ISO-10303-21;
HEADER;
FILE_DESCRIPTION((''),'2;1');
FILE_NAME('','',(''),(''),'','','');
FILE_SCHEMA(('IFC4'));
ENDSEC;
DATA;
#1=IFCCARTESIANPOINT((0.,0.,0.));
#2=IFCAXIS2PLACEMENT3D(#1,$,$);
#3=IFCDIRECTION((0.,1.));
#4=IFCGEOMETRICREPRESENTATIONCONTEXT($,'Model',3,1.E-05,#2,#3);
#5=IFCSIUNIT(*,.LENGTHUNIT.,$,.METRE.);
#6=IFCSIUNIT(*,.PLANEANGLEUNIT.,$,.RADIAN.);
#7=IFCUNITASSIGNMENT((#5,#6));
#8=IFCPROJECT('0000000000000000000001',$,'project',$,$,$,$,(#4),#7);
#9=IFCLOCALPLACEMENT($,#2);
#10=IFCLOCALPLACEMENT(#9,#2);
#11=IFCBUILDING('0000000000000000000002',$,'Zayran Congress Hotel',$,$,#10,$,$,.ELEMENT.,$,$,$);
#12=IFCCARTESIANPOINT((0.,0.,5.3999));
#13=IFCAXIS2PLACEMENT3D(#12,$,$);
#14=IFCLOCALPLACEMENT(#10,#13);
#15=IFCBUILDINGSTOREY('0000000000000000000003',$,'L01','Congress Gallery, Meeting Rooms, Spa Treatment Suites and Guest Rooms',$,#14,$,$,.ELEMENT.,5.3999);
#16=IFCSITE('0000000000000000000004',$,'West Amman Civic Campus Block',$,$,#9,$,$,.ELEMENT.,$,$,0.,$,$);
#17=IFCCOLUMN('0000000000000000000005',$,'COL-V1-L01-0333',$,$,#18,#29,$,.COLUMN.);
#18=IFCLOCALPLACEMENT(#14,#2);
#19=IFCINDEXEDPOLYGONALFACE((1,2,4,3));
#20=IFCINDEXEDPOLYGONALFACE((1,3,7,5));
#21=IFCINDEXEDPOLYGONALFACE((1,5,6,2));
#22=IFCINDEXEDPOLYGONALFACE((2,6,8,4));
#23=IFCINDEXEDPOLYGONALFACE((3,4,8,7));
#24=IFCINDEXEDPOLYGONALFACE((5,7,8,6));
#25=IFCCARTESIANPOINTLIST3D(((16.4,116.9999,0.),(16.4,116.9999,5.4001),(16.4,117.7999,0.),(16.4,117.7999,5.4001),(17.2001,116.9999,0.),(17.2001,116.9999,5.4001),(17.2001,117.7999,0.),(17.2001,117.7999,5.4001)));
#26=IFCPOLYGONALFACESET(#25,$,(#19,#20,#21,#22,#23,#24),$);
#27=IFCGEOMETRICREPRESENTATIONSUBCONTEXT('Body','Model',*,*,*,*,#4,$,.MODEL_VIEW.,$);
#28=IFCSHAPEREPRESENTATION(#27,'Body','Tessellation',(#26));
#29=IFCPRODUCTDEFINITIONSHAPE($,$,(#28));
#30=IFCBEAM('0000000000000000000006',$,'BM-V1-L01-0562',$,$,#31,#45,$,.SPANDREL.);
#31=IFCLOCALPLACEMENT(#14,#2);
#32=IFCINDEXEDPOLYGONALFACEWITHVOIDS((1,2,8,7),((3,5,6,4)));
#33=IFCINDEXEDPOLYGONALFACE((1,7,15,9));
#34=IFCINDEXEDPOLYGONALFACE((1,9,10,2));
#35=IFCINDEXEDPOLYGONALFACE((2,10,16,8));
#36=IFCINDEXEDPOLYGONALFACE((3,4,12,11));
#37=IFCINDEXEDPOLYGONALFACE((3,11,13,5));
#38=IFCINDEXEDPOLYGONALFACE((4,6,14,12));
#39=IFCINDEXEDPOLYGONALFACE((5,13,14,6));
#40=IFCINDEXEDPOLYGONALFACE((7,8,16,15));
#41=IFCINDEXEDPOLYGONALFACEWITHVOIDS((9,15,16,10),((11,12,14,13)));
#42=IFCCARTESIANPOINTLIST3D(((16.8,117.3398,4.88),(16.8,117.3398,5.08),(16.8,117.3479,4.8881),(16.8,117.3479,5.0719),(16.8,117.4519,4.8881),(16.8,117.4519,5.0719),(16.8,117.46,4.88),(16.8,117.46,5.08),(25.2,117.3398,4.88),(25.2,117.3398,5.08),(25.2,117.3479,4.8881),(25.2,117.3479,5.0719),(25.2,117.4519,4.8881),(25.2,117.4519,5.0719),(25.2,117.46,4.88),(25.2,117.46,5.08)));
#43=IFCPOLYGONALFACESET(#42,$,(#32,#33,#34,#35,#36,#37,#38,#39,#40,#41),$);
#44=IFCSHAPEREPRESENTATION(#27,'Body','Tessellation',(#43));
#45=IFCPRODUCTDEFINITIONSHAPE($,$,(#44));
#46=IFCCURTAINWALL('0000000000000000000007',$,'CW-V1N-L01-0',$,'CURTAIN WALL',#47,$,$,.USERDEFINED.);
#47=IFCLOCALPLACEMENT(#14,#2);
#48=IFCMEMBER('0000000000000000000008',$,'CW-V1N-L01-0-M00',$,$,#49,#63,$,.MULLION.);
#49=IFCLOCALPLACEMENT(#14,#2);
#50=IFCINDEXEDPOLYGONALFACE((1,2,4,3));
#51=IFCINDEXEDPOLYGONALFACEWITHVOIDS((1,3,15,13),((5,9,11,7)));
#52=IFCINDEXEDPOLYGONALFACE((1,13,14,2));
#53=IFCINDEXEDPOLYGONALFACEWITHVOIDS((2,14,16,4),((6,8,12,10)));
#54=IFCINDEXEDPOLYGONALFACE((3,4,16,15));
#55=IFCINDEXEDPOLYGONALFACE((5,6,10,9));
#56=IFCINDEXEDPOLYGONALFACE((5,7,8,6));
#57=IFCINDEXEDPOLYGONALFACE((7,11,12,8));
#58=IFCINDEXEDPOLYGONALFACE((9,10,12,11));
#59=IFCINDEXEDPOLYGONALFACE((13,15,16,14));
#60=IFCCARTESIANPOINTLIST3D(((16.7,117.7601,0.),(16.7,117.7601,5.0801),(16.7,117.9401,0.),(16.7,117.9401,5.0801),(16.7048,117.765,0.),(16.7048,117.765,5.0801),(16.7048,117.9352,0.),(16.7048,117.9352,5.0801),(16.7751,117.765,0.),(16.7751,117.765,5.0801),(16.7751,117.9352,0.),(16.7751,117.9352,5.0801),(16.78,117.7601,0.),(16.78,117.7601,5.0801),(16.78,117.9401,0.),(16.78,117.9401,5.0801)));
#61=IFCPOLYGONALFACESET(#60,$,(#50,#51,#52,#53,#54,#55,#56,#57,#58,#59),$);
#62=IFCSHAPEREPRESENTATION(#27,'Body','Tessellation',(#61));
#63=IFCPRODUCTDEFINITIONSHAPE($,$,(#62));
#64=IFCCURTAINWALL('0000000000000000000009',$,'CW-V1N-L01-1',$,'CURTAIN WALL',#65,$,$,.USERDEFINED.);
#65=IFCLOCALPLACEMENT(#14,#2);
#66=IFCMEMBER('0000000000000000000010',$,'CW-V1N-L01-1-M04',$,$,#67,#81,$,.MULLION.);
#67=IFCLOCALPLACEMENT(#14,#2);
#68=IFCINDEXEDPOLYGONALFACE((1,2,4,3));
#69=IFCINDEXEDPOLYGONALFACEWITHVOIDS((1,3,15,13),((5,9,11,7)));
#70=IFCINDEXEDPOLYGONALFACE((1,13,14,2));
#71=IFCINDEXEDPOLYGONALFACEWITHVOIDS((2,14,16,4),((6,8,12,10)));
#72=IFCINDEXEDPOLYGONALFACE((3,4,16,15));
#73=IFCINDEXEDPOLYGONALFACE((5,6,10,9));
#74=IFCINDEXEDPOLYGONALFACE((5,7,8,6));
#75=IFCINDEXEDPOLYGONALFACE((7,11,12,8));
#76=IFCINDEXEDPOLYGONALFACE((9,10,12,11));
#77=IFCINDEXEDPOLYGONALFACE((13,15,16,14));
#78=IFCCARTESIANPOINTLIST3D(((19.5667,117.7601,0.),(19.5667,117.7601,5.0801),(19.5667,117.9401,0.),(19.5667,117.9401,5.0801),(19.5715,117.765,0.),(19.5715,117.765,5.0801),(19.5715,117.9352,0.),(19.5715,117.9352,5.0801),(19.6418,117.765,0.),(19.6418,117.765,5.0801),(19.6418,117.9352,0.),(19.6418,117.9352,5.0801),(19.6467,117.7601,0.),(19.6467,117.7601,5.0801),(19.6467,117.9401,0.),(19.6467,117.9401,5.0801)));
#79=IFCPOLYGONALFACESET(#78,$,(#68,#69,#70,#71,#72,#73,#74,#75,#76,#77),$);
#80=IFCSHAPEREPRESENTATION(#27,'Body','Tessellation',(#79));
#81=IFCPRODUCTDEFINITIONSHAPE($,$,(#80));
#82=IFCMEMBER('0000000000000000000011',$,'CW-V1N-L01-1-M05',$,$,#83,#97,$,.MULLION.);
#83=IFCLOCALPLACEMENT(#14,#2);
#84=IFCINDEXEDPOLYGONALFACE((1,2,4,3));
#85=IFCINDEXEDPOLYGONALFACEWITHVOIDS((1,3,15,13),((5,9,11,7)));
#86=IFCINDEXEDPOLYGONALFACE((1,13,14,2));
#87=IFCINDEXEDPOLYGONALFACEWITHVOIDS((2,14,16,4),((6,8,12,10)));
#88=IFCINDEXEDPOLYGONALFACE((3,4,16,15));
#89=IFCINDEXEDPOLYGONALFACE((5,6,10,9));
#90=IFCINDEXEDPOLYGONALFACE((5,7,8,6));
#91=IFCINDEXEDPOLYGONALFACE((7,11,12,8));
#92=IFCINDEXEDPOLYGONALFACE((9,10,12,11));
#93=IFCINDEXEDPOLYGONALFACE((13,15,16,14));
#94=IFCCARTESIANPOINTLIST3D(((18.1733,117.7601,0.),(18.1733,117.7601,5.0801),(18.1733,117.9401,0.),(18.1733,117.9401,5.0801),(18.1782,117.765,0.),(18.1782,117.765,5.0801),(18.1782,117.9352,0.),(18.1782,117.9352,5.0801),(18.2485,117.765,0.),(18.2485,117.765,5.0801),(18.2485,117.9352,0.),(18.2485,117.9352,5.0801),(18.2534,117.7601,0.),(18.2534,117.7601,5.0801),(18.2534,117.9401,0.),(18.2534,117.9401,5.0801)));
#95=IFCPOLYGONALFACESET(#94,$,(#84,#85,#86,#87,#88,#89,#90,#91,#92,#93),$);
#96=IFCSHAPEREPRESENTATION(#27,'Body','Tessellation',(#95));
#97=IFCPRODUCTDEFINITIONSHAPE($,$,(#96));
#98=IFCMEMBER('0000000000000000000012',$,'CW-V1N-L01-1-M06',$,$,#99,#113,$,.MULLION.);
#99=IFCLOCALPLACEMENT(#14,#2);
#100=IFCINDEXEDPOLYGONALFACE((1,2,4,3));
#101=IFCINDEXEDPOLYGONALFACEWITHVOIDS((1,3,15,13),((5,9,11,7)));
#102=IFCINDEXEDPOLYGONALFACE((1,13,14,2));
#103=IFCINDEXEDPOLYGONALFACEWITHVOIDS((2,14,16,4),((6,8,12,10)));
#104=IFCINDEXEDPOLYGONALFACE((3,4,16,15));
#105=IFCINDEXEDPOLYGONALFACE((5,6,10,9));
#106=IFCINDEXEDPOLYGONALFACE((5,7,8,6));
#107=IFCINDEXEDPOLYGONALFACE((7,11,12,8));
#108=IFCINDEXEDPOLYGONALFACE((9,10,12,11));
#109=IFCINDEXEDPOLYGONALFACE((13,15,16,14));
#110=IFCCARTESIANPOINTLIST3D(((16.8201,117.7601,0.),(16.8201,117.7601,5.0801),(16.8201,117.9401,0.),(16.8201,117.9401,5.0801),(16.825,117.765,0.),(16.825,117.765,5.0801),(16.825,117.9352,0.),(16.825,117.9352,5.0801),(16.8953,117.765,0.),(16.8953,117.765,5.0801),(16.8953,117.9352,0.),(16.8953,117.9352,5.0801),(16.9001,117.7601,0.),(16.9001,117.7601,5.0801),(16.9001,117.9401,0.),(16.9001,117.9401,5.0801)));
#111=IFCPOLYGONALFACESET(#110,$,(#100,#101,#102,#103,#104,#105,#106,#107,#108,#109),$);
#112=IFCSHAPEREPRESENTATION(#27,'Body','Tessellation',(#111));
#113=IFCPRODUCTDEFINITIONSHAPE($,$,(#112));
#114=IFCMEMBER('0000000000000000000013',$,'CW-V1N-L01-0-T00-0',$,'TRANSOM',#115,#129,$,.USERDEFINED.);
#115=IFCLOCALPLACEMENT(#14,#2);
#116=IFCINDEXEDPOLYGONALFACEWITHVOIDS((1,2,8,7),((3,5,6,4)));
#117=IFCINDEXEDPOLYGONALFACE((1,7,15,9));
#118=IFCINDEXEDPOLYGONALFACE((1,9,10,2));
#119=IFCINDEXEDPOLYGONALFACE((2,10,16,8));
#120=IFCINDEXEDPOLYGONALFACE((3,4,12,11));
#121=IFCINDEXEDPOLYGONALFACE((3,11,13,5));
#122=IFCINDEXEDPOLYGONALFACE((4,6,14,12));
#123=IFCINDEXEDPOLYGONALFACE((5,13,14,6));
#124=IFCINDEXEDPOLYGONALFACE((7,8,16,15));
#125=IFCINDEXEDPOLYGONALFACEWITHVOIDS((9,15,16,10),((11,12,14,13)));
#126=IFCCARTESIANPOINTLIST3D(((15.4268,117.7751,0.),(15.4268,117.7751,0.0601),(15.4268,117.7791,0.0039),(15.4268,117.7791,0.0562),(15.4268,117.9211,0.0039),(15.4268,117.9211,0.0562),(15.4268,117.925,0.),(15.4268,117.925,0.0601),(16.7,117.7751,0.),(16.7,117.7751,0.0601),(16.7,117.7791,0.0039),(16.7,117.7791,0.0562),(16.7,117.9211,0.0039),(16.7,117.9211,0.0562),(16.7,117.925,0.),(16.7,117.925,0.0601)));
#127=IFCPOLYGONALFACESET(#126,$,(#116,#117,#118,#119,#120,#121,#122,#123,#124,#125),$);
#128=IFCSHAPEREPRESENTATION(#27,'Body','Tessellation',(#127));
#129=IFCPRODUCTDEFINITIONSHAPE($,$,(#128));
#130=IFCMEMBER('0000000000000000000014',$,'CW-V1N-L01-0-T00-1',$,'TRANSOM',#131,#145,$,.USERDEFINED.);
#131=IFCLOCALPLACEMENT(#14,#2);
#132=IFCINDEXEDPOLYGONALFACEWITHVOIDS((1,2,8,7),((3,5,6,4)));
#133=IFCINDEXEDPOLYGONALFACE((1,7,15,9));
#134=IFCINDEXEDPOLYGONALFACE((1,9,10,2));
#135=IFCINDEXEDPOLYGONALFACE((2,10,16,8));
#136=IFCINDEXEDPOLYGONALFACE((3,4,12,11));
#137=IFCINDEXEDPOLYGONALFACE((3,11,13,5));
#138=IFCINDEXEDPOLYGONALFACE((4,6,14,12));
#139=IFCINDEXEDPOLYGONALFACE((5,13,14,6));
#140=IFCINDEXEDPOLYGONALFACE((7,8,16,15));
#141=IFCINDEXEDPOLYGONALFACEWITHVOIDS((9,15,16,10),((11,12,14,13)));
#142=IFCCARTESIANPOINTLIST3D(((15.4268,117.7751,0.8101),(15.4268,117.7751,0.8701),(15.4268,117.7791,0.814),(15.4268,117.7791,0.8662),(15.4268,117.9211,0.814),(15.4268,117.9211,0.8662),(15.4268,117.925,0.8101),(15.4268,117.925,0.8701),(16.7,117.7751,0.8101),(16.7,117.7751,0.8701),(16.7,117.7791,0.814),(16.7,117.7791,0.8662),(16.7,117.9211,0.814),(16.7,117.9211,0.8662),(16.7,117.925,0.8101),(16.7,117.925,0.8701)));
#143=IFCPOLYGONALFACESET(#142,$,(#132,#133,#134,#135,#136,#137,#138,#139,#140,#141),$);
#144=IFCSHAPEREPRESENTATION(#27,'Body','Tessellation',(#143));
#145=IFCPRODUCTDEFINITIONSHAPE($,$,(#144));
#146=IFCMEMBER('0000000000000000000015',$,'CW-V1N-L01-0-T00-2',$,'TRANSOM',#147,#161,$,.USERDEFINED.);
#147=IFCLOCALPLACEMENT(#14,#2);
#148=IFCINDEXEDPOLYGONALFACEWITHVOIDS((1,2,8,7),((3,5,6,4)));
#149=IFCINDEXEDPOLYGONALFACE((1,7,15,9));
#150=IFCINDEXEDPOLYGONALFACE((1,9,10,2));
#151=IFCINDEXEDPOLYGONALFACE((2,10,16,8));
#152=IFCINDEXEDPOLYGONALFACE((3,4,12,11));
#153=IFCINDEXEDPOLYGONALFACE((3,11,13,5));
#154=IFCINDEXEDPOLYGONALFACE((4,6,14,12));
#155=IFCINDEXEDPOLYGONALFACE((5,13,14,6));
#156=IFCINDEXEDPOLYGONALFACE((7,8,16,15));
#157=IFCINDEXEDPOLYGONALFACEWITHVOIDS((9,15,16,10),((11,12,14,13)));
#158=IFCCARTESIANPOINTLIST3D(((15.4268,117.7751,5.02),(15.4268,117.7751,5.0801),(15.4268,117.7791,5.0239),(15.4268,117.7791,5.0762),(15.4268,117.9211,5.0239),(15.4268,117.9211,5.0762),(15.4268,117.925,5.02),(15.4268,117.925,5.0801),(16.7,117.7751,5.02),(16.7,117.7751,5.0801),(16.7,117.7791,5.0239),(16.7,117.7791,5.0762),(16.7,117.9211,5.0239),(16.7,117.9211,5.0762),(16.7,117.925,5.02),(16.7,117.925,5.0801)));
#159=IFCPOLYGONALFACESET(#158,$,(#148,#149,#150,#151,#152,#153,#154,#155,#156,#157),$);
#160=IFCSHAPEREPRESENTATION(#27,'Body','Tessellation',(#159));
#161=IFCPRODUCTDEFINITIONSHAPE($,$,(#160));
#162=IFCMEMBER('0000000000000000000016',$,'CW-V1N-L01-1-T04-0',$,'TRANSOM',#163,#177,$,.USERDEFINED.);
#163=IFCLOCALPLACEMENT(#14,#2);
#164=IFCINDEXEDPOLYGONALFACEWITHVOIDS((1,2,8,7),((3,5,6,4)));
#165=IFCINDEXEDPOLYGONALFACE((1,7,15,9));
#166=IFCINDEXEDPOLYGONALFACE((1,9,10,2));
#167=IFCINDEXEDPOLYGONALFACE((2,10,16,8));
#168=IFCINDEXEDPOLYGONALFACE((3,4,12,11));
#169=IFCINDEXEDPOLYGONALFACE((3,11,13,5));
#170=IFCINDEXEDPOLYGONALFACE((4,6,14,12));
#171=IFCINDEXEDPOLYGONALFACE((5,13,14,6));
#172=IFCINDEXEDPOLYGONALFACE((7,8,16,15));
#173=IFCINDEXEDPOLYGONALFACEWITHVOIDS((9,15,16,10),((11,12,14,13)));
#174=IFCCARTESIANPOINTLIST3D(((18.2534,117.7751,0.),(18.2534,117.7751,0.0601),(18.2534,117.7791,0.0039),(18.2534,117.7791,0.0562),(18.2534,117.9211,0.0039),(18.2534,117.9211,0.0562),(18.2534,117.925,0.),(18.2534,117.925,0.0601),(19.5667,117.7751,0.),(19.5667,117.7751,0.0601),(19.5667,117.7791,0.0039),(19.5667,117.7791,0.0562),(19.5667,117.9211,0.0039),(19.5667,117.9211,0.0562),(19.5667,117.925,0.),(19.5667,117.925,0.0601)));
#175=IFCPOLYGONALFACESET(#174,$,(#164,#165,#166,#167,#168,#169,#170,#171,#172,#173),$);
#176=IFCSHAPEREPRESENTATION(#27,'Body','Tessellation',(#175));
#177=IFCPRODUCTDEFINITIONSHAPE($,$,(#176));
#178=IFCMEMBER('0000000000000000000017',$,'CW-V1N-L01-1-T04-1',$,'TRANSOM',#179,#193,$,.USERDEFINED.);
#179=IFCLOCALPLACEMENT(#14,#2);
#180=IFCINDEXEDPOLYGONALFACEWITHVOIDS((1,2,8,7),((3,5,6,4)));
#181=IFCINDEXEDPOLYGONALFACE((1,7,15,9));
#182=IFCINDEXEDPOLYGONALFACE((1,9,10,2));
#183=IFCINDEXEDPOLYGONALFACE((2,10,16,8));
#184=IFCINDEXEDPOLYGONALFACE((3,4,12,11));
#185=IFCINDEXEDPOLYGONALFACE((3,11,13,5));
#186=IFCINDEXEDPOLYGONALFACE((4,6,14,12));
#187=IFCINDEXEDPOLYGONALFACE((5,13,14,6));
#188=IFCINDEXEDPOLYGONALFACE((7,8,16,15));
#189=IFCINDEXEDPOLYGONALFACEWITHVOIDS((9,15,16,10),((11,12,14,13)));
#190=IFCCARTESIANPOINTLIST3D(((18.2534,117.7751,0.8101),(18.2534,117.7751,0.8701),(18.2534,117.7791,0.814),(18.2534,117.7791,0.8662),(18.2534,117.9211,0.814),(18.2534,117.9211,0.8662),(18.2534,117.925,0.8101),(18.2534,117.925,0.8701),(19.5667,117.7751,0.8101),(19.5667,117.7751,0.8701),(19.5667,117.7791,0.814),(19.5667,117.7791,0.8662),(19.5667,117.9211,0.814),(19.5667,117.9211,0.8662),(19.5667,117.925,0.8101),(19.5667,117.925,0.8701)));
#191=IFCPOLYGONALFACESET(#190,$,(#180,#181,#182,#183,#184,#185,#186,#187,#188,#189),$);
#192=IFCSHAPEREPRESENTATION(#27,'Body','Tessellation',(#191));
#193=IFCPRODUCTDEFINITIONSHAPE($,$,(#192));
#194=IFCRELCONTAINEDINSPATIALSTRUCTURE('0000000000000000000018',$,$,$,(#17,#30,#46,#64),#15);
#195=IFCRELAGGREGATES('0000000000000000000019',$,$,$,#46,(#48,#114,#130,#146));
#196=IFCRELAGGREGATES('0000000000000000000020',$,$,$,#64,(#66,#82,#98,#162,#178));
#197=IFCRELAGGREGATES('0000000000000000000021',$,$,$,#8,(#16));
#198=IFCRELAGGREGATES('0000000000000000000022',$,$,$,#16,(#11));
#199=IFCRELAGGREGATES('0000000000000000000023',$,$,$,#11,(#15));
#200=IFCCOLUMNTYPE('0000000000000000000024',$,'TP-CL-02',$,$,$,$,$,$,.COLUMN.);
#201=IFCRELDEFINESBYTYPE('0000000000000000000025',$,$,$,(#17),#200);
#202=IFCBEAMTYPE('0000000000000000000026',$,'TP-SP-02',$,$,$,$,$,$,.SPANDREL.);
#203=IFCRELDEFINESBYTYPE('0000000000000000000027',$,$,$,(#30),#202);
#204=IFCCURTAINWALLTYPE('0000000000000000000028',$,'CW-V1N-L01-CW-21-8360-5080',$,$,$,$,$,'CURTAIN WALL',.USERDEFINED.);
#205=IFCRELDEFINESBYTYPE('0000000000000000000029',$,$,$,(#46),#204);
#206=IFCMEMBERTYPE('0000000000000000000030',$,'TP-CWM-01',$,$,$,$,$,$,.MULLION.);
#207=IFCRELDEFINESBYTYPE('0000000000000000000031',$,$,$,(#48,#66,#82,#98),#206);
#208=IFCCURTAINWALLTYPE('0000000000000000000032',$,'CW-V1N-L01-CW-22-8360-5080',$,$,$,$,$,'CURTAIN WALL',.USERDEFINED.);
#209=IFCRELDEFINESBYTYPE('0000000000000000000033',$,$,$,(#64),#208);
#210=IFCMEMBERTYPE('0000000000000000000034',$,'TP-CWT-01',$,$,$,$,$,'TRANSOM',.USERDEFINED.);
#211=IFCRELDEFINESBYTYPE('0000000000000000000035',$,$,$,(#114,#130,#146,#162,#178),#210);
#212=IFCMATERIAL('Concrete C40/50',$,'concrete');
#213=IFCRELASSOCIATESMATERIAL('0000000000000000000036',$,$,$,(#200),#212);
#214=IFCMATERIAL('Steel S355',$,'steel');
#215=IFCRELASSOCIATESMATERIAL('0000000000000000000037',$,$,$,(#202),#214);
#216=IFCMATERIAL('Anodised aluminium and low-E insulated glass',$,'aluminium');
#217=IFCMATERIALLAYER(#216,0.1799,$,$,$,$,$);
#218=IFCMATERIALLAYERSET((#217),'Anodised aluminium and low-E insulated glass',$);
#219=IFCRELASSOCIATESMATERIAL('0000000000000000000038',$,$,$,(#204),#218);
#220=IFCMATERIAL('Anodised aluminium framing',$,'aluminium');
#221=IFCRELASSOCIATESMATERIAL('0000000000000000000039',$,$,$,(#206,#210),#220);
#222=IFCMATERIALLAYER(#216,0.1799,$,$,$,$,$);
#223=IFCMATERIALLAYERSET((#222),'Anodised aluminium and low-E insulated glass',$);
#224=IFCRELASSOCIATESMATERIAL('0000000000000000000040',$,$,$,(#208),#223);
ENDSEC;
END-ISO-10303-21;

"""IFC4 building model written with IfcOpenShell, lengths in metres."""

from ifc_helpers import new_model, si_unit, direction, frame, origin, origin_2d, place, context, subcontext, project, spatial, rectangle, hollow_rectangle, extrude, material, layer, layer_set, material_profile, profile_set, type_object, element, aggregate, save


model = new_model("IFC4")

# Units and contexts
model_context = context("Model", 3, precision=1e-05, world=origin(), true_north=direction((0.0, 1.0)))
body_context = subcontext(model_context, "Body", "Model", "MODEL_VIEW")
ifc_project = project(units=[si_unit("LENGTHUNIT", "METRE"), si_unit("PLANEANGLEUNIT", "RADIAN")], contexts=[model_context])

# Site, building, storey
site_placement = place(None, origin())
site = spatial("IfcSite", under=ifc_project, at=site_placement, Name="West Amman Civic Campus Block", CompositionType="ELEMENT", RefElevation=0.0)
building_placement = place(site_placement, origin())
building = spatial("IfcBuilding", under=site, at=building_placement, Name="Zayran Congress Hotel", CompositionType="ELEMENT")
storey_placement = place(building_placement, frame((0.0, 0.0, 5.3999)))
storey = spatial("IfcBuildingStorey", under=building, at=storey_placement, Name="L01", Description="Congress Gallery, Meeting Rooms, Spa Treatment Suites and Guest Rooms", CompositionType="ELEMENT", Elevation=5.3999)

# Column
ifc_material_1 = material(Name="Concrete C40/50", Category="concrete")
ifc_material_profile_1 = material_profile(ifc_material_1, rectangle(XDim=0.8, YDim=0.8, at=origin_2d()), Name="RC 800x800")
ifc_profile_set_1 = profile_set([ifc_material_profile_1], Name="Concrete C40/50")
column_type = type_object("IfcColumnType", Name="TP-CL-02", PredefinedType="COLUMN", material=ifc_profile_set_1)
column_placement = place(storey_placement, frame((16.8, 117.3999, 0.0), z_axis=(0.0, 0.0, 1.0), x_axis=(1.0, 0.0, 0.0)))
element("IfcColumn", 1, at=column_placement, inside=storey, type_object=column_type, Name="COL-V1-L01-0333", PredefinedType="COLUMN", context=body_context, shape_type="SweptSolid", body=[
    extrude(rectangle(XDim=0.8, YDim=0.8, at=origin_2d()), origin(), (0.0, 0.0, 1.0), 5.4001),
])

# Beam
ifc_material_2 = material(Name="Steel S355", Category="steel")
ifc_material_profile_2 = material_profile(ifc_material_2, hollow_rectangle(XDim=0.1201, YDim=0.2, WallThickness=0.0081, at=origin_2d()), Name="RHS 200x120x8")
ifc_profile_set_2 = profile_set([ifc_material_profile_2], Name="Steel S355")
beam_type = type_object("IfcBeamType", Name="TP-SP-02", PredefinedType="SPANDREL", material=ifc_profile_set_2)
beam_placement = place(storey_placement, frame((16.8, 117.3999, 4.98), z_axis=(1.0, 0.0, 0.0), x_axis=(0.0, 1.0, 0.0)))
element("IfcBeam", 2, at=beam_placement, inside=storey, type_object=beam_type, Name="BM-V1-L01-0562", PredefinedType="SPANDREL", context=body_context, shape_type="SweptSolid", body=[
    extrude(hollow_rectangle(XDim=0.1201, YDim=0.2, WallThickness=0.0081, at=origin_2d()), origin(), (0.0, 0.0, 1.0), 8.3999),
])

# Curtain wall, member
ifc_material_3 = material(Name="Anodised aluminium and low-E insulated glass", Category="aluminium")
ifc_layer_1 = layer(ifc_material_3, 0.1799)
ifc_layer_set_1 = layer_set([ifc_layer_1], Name="Anodised aluminium and low-E insulated glass")
curtain_wall_type_1 = type_object("IfcCurtainWallType", Name="CW-V1N-L01-CW-21-8360-5080", ElementType="CURTAIN WALL", PredefinedType="USERDEFINED", material=ifc_layer_set_1)
curtain_wall_1_placement = place(storey_placement, origin())
curtain_wall_1 = element("IfcCurtainWall", 3, at=curtain_wall_1_placement, inside=storey, type_object=curtain_wall_type_1, Name="CW-V1N-L01-0", ObjectType="CURTAIN WALL", PredefinedType="USERDEFINED")
ifc_material_4 = material(Name="Anodised aluminium framing", Category="aluminium")
ifc_material_profile_3 = material_profile(ifc_material_4, hollow_rectangle(XDim=0.0801, YDim=0.1799, WallThickness=0.0049, at=origin_2d()), Name="RHS 180x80x5")
ifc_profile_set_3 = profile_set([ifc_material_profile_3], Name="Anodised aluminium framing")
member_type_1 = type_object("IfcMemberType", Name="TP-CWM-01", PredefinedType="MULLION", material=ifc_profile_set_3)
member_1_placement = place(storey_placement, frame((16.74, 117.8501, 0.0), z_axis=(0.0, 0.0, 1.0), x_axis=(1.0, 0.0, 0.0)))
member_1 = element("IfcMember", 4, at=member_1_placement, type_object=member_type_1, Name="CW-V1N-L01-0-M00", PredefinedType="MULLION", context=body_context, shape_type="SweptSolid", body=[
    extrude(hollow_rectangle(XDim=0.0801, YDim=0.1799, WallThickness=0.0049, at=origin_2d()), origin(), (0.0, 0.0, 1.0), 5.0801),
])

# Curtain wall, members
ifc_layer_2 = layer(ifc_material_3, 0.1799)
ifc_layer_set_2 = layer_set([ifc_layer_2], Name="Anodised aluminium and low-E insulated glass")
curtain_wall_type_2 = type_object("IfcCurtainWallType", Name="CW-V1N-L01-CW-22-8360-5080", ElementType="CURTAIN WALL", PredefinedType="USERDEFINED", material=ifc_layer_set_2)
curtain_wall_2_placement = place(storey_placement, origin())
curtain_wall_2 = element("IfcCurtainWall", 5, at=curtain_wall_2_placement, inside=storey, type_object=curtain_wall_type_2, Name="CW-V1N-L01-1", ObjectType="CURTAIN WALL", PredefinedType="USERDEFINED")
member_2_placement = place(storey_placement, frame((19.6067, 117.8501, 0.0), z_axis=(0.0, 0.0, 1.0), x_axis=(1.0, 0.0, 0.0)))
member_2 = element("IfcMember", 6, at=member_2_placement, type_object=member_type_1, Name="CW-V1N-L01-1-M04", PredefinedType="MULLION", context=body_context, shape_type="SweptSolid", body=[
    extrude(hollow_rectangle(XDim=0.0801, YDim=0.1799, WallThickness=0.0049, at=origin_2d()), origin(), (0.0, 0.0, 1.0), 5.0801),
])
member_3_placement = place(storey_placement, frame((18.2134, 117.8501, 0.0), z_axis=(0.0, 0.0, 1.0), x_axis=(1.0, 0.0, 0.0)))
member_3 = element("IfcMember", 7, at=member_3_placement, type_object=member_type_1, Name="CW-V1N-L01-1-M05", PredefinedType="MULLION", context=body_context, shape_type="SweptSolid", body=[
    extrude(hollow_rectangle(XDim=0.0801, YDim=0.1799, WallThickness=0.0049, at=origin_2d()), origin(), (0.0, 0.0, 1.0), 5.0801),
])
member_4_placement = place(storey_placement, frame((16.8601, 117.8501, 0.0), z_axis=(0.0, 0.0, 1.0), x_axis=(1.0, 0.0, 0.0)))
member_4 = element("IfcMember", 8, at=member_4_placement, type_object=member_type_1, Name="CW-V1N-L01-1-M06", PredefinedType="MULLION", context=body_context, shape_type="SweptSolid", body=[
    extrude(hollow_rectangle(XDim=0.0801, YDim=0.1799, WallThickness=0.0049, at=origin_2d()), origin(), (0.0, 0.0, 1.0), 5.0801),
])

# Members
ifc_material_profile_4 = material_profile(ifc_material_4, hollow_rectangle(XDim=0.0601, YDim=0.1499, WallThickness=0.0039, at=origin_2d()), Name="RHS 150x60x4")
ifc_profile_set_4 = profile_set([ifc_material_profile_4], Name="Anodised aluminium framing")
member_type_2 = type_object("IfcMemberType", Name="TP-CWT-01", ElementType="TRANSOM", PredefinedType="USERDEFINED", material=ifc_profile_set_4)
member_5_placement = place(storey_placement, frame((16.7, 117.8501, 0.03), z_axis=(-1.0, 0.0, 0.0), x_axis=(0.0, 0.0, 1.0)))
member_5 = element("IfcMember", 9, at=member_5_placement, type_object=member_type_2, Name="CW-V1N-L01-0-T00-0", ObjectType="TRANSOM", PredefinedType="USERDEFINED", context=body_context, shape_type="SweptSolid", body=[
    extrude(hollow_rectangle(XDim=0.0601, YDim=0.1499, WallThickness=0.0039, at=origin_2d()), origin(), (0.0, 0.0, 1.0), 1.2732),
])
member_6_placement = place(storey_placement, frame((16.7, 117.8501, 0.8401), z_axis=(-1.0, 0.0, 0.0), x_axis=(0.0, 0.0, 1.0)))
member_6 = element("IfcMember", 10, at=member_6_placement, type_object=member_type_2, Name="CW-V1N-L01-0-T00-1", ObjectType="TRANSOM", PredefinedType="USERDEFINED", context=body_context, shape_type="SweptSolid", body=[
    extrude(hollow_rectangle(XDim=0.0601, YDim=0.1499, WallThickness=0.0039, at=origin_2d()), origin(), (0.0, 0.0, 1.0), 1.2732),
])
member_7_placement = place(storey_placement, frame((16.7, 117.8501, 5.05), z_axis=(-1.0, 0.0, 0.0), x_axis=(0.0, 0.0, 1.0)))
member_7 = element("IfcMember", 11, at=member_7_placement, type_object=member_type_2, Name="CW-V1N-L01-0-T00-2", ObjectType="TRANSOM", PredefinedType="USERDEFINED", context=body_context, shape_type="SweptSolid", body=[
    extrude(hollow_rectangle(XDim=0.0601, YDim=0.1499, WallThickness=0.0039, at=origin_2d()), origin(), (0.0, 0.0, 1.0), 1.2732),
])
member_8_placement = place(storey_placement, frame((19.5667, 117.8501, 0.03), z_axis=(-1.0, 0.0, 0.0), x_axis=(0.0, 0.0, 1.0)))
member_8 = element("IfcMember", 12, at=member_8_placement, type_object=member_type_2, Name="CW-V1N-L01-1-T04-0", ObjectType="TRANSOM", PredefinedType="USERDEFINED", context=body_context, shape_type="SweptSolid", body=[
    extrude(hollow_rectangle(XDim=0.0601, YDim=0.1499, WallThickness=0.0039, at=origin_2d()), origin(), (0.0, 0.0, 1.0), 1.3132),
])
member_9_placement = place(storey_placement, frame((19.5667, 117.8501, 0.8401), z_axis=(-1.0, 0.0, 0.0), x_axis=(0.0, 0.0, 1.0)))
member_9 = element("IfcMember", 13, at=member_9_placement, type_object=member_type_2, Name="CW-V1N-L01-1-T04-1", ObjectType="TRANSOM", PredefinedType="USERDEFINED", context=body_context, shape_type="SweptSolid", body=[
    extrude(hollow_rectangle(XDim=0.0601, YDim=0.1499, WallThickness=0.0039, at=origin_2d()), origin(), (0.0, 0.0, 1.0), 1.3132),
])

aggregate(curtain_wall_1, [member_1, member_5, member_6, member_7])
aggregate(curtain_wall_2, [member_2, member_3, member_4, member_8, member_9])

save(model, "model.ifc")
